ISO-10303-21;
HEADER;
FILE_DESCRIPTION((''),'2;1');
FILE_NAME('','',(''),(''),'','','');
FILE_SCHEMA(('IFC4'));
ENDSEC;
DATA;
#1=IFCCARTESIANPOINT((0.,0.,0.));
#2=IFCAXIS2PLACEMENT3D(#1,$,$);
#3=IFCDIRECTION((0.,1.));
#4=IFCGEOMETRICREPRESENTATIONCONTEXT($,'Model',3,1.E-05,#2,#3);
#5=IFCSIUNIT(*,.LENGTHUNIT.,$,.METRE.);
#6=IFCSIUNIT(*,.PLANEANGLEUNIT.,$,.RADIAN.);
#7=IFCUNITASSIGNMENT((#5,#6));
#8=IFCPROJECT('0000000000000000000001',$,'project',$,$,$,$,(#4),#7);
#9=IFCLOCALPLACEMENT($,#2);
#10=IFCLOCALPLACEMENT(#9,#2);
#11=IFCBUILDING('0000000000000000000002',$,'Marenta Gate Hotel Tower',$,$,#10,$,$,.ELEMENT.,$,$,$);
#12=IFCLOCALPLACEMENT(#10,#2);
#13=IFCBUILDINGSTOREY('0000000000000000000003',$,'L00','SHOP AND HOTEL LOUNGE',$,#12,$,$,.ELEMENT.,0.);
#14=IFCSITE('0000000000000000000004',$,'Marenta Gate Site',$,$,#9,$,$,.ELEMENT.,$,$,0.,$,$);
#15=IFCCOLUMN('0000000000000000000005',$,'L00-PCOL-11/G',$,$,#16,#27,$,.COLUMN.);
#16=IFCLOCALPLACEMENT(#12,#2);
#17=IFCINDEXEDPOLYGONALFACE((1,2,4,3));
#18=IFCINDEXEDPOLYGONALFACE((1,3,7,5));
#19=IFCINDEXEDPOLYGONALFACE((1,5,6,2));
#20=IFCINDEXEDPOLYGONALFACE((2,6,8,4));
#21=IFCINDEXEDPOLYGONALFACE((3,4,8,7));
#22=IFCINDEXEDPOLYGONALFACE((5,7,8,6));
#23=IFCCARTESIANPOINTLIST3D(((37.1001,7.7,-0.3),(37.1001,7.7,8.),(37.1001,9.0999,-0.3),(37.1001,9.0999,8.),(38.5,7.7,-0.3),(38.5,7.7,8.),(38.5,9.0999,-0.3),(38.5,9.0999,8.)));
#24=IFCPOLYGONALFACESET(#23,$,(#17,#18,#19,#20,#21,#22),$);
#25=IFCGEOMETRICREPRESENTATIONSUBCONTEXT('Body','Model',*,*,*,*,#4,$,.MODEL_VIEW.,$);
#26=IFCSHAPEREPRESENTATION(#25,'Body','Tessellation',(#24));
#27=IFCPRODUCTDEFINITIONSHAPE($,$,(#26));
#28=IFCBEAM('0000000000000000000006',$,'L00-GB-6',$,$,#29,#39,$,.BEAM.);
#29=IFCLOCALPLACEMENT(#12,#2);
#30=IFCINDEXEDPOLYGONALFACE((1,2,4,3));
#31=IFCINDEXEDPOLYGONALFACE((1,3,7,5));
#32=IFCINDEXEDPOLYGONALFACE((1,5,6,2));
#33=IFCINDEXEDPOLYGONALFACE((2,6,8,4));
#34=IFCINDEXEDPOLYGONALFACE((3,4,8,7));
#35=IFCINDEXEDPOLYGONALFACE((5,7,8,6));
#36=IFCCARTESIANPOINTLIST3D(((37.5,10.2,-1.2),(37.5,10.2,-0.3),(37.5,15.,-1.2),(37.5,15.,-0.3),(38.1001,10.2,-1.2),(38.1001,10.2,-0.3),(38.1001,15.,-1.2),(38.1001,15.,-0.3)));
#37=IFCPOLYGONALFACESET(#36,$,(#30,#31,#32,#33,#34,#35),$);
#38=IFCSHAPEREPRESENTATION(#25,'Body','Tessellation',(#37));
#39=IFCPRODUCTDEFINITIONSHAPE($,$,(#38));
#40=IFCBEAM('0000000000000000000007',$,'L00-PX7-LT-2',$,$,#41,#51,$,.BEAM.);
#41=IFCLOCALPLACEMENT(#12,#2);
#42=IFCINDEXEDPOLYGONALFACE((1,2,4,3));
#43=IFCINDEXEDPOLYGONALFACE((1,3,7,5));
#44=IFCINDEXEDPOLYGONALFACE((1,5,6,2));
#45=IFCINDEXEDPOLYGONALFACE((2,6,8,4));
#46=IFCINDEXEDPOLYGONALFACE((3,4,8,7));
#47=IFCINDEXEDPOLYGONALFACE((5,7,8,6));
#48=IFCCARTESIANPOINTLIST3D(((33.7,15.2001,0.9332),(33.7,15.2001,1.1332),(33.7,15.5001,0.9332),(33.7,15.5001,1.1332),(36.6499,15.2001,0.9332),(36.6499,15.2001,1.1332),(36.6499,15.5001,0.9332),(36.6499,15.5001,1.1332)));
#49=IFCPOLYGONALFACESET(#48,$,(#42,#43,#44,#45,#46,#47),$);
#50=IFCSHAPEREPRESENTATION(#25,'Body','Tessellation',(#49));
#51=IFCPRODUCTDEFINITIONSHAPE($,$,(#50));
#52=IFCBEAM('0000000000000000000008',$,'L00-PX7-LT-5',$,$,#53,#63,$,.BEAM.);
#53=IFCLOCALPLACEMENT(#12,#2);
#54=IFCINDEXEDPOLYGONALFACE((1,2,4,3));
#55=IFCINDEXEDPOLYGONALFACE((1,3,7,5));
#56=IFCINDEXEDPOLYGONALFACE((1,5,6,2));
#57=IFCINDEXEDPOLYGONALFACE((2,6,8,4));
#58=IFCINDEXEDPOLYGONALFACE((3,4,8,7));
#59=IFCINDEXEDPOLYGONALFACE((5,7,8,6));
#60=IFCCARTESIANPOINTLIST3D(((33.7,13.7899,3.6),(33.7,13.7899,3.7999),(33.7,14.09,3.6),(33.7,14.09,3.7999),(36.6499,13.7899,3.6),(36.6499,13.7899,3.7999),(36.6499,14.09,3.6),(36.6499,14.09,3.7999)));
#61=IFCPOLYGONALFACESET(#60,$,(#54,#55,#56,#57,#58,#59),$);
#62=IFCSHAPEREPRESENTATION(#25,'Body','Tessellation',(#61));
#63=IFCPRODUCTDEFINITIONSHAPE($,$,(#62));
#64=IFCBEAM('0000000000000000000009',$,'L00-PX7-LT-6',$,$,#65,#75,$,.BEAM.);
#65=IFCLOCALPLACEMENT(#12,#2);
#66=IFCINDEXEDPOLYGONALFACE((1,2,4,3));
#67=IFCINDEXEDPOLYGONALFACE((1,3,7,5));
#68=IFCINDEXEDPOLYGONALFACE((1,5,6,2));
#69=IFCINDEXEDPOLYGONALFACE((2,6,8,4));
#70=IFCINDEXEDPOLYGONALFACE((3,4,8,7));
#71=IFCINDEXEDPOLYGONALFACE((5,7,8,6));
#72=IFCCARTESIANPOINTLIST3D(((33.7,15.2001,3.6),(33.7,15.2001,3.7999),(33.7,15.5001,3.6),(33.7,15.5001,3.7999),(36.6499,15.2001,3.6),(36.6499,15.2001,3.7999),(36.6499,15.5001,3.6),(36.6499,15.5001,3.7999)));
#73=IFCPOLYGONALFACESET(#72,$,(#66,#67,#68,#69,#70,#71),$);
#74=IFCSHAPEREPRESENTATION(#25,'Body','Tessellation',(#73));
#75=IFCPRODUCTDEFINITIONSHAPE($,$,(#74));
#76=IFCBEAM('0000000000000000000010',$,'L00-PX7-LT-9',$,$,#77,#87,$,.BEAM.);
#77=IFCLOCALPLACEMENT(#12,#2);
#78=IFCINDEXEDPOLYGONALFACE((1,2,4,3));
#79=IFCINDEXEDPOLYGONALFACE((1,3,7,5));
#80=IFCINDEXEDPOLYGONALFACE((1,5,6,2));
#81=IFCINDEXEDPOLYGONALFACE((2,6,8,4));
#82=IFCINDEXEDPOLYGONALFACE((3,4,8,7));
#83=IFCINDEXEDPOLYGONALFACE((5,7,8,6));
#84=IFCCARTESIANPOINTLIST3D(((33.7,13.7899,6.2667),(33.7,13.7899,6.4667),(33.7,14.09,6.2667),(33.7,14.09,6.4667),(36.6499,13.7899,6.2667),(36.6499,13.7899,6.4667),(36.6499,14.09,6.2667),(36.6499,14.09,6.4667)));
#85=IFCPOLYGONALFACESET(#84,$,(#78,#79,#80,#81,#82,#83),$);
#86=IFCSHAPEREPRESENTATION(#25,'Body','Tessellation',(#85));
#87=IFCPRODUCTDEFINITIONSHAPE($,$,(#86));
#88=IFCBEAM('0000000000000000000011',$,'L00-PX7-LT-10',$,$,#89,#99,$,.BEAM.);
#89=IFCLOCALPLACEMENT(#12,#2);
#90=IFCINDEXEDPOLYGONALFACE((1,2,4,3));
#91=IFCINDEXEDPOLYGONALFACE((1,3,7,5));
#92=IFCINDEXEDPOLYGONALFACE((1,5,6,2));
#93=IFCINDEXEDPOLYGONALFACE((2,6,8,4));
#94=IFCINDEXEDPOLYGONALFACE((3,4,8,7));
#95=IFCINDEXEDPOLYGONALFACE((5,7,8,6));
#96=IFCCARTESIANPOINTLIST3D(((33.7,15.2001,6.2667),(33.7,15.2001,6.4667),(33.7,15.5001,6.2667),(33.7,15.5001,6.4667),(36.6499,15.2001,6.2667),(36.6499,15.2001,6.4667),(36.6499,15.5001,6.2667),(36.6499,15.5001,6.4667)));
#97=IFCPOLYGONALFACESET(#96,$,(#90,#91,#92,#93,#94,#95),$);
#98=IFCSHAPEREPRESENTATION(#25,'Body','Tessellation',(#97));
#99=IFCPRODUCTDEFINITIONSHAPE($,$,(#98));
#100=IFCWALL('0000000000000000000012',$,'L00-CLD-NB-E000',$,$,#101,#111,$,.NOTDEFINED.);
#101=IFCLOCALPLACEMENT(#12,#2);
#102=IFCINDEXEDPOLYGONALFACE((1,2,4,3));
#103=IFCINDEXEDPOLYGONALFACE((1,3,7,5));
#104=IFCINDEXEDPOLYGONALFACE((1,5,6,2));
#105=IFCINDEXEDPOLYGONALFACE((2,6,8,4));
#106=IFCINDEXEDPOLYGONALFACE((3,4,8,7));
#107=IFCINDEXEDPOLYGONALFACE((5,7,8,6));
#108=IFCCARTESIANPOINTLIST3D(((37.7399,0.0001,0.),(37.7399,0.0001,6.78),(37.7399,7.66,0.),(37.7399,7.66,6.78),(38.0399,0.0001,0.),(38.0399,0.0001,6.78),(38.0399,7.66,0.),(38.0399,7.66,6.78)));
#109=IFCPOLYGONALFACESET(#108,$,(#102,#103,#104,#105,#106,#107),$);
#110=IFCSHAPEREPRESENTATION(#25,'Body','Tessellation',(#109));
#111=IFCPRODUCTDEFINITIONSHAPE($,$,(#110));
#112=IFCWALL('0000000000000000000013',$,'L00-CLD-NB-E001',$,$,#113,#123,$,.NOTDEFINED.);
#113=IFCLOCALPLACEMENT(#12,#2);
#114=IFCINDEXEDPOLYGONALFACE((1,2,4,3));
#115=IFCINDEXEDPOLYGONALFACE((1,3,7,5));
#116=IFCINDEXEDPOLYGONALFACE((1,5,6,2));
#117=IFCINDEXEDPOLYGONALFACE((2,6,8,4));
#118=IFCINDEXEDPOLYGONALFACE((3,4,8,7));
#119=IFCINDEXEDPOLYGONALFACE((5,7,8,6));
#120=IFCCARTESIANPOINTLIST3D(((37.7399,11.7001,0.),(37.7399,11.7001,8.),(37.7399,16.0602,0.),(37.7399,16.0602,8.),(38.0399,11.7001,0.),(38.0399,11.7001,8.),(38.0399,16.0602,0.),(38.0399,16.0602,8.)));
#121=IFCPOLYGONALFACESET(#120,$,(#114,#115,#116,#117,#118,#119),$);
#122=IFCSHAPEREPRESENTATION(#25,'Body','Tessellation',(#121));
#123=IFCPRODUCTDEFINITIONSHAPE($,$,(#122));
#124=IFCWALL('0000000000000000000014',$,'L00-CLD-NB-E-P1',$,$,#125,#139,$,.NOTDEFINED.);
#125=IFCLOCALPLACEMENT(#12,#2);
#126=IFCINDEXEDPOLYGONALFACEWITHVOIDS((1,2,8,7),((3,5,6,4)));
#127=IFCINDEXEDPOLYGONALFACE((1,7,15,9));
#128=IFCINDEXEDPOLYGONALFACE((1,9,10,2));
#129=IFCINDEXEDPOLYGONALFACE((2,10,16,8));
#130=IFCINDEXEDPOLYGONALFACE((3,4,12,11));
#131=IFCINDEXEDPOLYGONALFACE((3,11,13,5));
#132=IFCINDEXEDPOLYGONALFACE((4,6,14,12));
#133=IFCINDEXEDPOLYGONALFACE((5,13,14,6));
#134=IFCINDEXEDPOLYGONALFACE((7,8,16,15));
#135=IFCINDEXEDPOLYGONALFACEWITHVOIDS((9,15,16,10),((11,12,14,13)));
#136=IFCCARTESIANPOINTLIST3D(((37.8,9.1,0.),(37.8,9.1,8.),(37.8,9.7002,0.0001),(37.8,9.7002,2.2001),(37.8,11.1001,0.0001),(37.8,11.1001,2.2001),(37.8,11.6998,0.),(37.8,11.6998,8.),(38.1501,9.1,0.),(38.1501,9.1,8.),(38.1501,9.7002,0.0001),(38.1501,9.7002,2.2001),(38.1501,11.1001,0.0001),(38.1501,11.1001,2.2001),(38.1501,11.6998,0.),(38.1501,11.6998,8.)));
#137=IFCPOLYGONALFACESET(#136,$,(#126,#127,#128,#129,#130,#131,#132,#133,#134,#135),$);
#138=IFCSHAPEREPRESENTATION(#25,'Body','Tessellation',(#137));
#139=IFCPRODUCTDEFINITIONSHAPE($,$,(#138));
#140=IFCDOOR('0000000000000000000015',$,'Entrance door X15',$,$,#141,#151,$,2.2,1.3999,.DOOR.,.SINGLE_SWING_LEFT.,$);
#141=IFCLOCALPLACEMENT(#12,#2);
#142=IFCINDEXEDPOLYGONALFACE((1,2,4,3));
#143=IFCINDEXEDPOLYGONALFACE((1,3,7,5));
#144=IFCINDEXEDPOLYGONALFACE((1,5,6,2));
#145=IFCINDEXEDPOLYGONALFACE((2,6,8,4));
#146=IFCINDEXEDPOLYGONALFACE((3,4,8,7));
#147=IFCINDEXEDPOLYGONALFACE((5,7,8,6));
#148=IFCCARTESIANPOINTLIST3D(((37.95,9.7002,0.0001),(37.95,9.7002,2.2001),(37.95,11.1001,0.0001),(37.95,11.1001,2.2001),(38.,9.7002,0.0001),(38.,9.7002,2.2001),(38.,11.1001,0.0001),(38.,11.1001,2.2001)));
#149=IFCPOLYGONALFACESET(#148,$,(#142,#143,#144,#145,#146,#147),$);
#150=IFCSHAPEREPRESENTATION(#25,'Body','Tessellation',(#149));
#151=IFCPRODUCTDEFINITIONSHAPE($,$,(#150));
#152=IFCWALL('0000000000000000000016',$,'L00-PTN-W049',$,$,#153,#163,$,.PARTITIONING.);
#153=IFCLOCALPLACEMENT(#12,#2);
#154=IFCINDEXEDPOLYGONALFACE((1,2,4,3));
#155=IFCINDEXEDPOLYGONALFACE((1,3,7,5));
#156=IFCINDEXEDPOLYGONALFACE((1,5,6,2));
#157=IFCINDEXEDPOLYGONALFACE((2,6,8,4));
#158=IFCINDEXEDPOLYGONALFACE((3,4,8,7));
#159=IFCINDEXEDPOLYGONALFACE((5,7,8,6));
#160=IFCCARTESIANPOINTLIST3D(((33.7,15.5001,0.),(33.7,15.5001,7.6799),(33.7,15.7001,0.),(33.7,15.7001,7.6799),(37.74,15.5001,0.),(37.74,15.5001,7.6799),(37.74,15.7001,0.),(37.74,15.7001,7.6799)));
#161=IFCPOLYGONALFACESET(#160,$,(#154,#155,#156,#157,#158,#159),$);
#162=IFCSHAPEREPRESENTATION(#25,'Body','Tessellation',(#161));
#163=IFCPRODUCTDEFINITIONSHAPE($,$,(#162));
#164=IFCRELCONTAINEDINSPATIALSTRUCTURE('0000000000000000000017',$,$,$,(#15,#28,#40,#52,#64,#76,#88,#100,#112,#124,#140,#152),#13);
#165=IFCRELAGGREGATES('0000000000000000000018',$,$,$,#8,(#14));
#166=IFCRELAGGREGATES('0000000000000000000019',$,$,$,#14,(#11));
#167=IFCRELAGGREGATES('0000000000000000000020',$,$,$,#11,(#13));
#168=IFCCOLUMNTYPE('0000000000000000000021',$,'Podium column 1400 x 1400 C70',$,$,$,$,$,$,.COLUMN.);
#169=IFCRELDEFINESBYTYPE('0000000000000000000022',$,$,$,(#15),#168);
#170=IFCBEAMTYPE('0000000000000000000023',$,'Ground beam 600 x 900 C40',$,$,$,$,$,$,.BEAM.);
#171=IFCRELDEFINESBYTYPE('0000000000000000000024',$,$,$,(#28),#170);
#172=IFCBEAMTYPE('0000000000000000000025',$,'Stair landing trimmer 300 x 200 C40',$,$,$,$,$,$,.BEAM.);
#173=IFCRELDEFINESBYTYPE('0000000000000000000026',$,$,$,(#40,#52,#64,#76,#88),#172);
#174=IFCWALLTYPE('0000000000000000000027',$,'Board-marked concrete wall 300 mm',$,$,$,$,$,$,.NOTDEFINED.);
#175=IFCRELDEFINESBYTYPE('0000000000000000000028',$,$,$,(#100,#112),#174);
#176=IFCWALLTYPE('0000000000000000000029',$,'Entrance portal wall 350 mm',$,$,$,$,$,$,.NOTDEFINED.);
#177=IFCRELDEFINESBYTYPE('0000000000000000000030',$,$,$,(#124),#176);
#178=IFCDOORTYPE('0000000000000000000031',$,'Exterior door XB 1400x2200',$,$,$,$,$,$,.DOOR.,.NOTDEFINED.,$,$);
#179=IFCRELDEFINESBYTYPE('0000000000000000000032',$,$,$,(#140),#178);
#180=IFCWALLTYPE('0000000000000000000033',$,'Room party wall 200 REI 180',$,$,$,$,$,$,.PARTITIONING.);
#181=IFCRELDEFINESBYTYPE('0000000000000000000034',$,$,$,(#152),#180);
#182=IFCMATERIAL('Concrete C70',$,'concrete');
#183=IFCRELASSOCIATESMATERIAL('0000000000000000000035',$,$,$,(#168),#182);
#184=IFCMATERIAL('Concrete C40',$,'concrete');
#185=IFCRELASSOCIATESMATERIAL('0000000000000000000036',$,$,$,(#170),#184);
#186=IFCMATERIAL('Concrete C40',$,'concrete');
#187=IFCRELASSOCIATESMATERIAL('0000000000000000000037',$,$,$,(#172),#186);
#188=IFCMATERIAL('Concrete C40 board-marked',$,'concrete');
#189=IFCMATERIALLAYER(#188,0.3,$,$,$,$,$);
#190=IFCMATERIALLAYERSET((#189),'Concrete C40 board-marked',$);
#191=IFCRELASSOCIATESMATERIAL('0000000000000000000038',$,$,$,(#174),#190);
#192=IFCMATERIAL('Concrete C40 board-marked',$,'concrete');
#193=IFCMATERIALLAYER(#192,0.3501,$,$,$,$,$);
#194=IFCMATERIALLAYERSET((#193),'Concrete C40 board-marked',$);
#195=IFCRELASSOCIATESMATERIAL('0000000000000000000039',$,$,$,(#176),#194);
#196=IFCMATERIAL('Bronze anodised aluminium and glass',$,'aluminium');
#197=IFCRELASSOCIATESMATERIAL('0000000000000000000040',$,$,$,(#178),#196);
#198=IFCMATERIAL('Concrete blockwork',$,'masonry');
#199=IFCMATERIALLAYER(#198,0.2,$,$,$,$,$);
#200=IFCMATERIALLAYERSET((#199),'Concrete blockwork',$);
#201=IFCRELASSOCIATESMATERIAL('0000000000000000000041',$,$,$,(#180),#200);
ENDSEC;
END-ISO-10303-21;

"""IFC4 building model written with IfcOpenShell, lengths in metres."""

from ifc_helpers import new_model, si_unit, direction, frame, frame_2d, origin, origin_2d, place, context, subcontext, project, spatial, rectangle, extrude, material, layer, layer_set, material_profile, profile_set, type_object, element, fill, save


model = new_model("IFC4")

# Units and contexts
model_context = context("Model", 3, precision=1e-05, world=origin(), true_north=direction((0.0, 1.0)))
body_context = subcontext(model_context, "Body", "Model", "MODEL_VIEW")
ifc_project = project(units=[si_unit("LENGTHUNIT", "METRE"), si_unit("PLANEANGLEUNIT", "RADIAN")], contexts=[model_context])

# Site, building, storey
site_placement = place(None, origin())
site = spatial("IfcSite", under=ifc_project, at=site_placement, Name="Marenta Gate Site", CompositionType="ELEMENT", RefElevation=0.0)
building_placement = place(site_placement, origin())
building = spatial("IfcBuilding", under=site, at=building_placement, Name="Marenta Gate Hotel Tower", CompositionType="ELEMENT")
storey_placement = place(building_placement, origin())
storey = spatial("IfcBuildingStorey", under=building, at=storey_placement, Name="L00", Description="SHOP AND HOTEL LOUNGE", CompositionType="ELEMENT", Elevation=0.0)

# Column
ifc_material_1 = material(Name="Concrete C70", Category="concrete")
ifc_material_profile_1 = material_profile(ifc_material_1, rectangle(XDim=1.3999, YDim=1.3999, at=origin_2d()), Name="1400 x 1400")
ifc_profile_set_1 = profile_set([ifc_material_profile_1], Name="Concrete C70")
column_type = type_object("IfcColumnType", Name="Podium column 1400 x 1400 C70", PredefinedType="COLUMN", material=ifc_profile_set_1)
column_placement = place(storey_placement, frame((37.8, 8.3999, -0.3), z_axis=(0.0, 0.0, 1.0), x_axis=(1.0, 0.0, 0.0)))
element("IfcColumn", 1, at=column_placement, inside=storey, type_object=column_type, Name="L00-PCOL-11/G", PredefinedType="COLUMN", context=body_context, shape_type="SweptSolid", body=[
    extrude(rectangle(XDim=1.3999, YDim=1.3999, at=origin_2d()), origin(), (0.0, 0.0, 1.0), 8.3),
])

# Beams
ifc_material_2 = material(Name="Concrete C40", Category="concrete")
ifc_material_profile_2 = material_profile(ifc_material_2, rectangle(XDim=0.6001, YDim=0.8999, at=origin_2d()), Name="600 x 900")
ifc_profile_set_2 = profile_set([ifc_material_profile_2], Name="Concrete C40")
beam_type_1 = type_object("IfcBeamType", Name="Ground beam 600 x 900 C40", PredefinedType="BEAM", material=ifc_profile_set_2)
beam_placement = place(storey_placement, frame((37.8, 10.2, -0.75), z_axis=(0.0, 1.0, 0.0), x_axis=(-1.0, 0.0, 0.0)))
element("IfcBeam", 2, at=beam_placement, inside=storey, type_object=beam_type_1, Name="L00-GB-6", PredefinedType="BEAM", context=body_context, shape_type="SweptSolid", body=[
    extrude(rectangle(XDim=0.6001, YDim=0.8999, at=origin_2d()), origin(), (0.0, 0.0, 1.0), 4.8),
])
ifc_material_3 = material(Name="Concrete C40", Category="concrete")
ifc_material_profile_3 = material_profile(ifc_material_3, rectangle(XDim=0.3, YDim=0.2, at=origin_2d()), Name="300 x 200")
ifc_profile_set_3 = profile_set([ifc_material_profile_3], Name="Concrete C40")
beam_type_2 = type_object("IfcBeamType", Name="Stair landing trimmer 300 x 200 C40", PredefinedType="BEAM", material=ifc_profile_set_3)
for number, where, z_axis, x_axis, name in (
    (3, (33.7, 15.3501, 1.0332), (1.0, 0.0, 0.0), (0.0, 1.0, 0.0), "L00-PX7-LT-2"),
    (4, (33.7, 13.9399, 3.7), (1.0, 0.0, 0.0), (0.0, 1.0, 0.0), "L00-PX7-LT-5"),
    (5, (33.7, 15.3501, 3.7), (1.0, 0.0, 0.0), (0.0, 1.0, 0.0), "L00-PX7-LT-6"),
    (6, (33.7, 13.9399, 6.3667), (1.0, 0.0, 0.0), (0.0, 1.0, 0.0), "L00-PX7-LT-9"),
    (7, (33.7, 15.3501, 6.3667), (1.0, 0.0, 0.0), (0.0, 1.0, 0.0), "L00-PX7-LT-10"),
):
    element("IfcBeam", number, at=place(storey_placement, frame(where, z_axis=z_axis, x_axis=x_axis)), inside=storey, type_object=beam_type_2, Name=name, PredefinedType="BEAM", context=body_context, shape_type="SweptSolid", body=[
        extrude(rectangle(XDim=0.3, YDim=0.2, at=origin_2d()), origin(), (0.0, 0.0, 1.0), 2.95),
    ])

# Walls
ifc_material_4 = material(Name="Concrete C40 board-marked", Category="concrete")
ifc_layer_1 = layer(ifc_material_4, 0.3)
ifc_layer_set_1 = layer_set([ifc_layer_1], Name="Concrete C40 board-marked")
wall_type_1 = type_object("IfcWallType", Name="Board-marked concrete wall 300 mm", PredefinedType="NOTDEFINED", material=ifc_layer_set_1)
wall_1_placement = place(storey_placement, frame((37.8899, 0.0, 0.0), z_axis=(0.0, 0.0, 1.0), x_axis=(0.0, 1.0, 0.0)))
element("IfcWall", 8, at=wall_1_placement, inside=storey, type_object=wall_type_1, Name="L00-CLD-NB-E000", PredefinedType="NOTDEFINED", context=body_context, shape_type="SweptSolid", body=[
    extrude(rectangle(XDim=7.6599, YDim=0.3, at=frame_2d((3.8301, 0.0))), origin(), (0.0, 0.0, 1.0), 6.78),
])
wall_2_placement = place(storey_placement, frame((37.8899, 11.7, 0.0), z_axis=(0.0, 0.0, 1.0), x_axis=(0.0, 1.0, 0.0)))
element("IfcWall", 9, at=wall_2_placement, inside=storey, type_object=wall_type_1, Name="L00-CLD-NB-E001", PredefinedType="NOTDEFINED", context=body_context, shape_type="SweptSolid", body=[
    extrude(rectangle(XDim=4.3601, YDim=0.3, at=frame_2d((2.1802, 0.0))), origin(), (0.0, 0.0, 1.0), 8.0),
])

# Wall, opening, door
ifc_material_5 = material(Name="Concrete C40 board-marked", Category="concrete")
ifc_layer_2 = layer(ifc_material_5, 0.3501)
ifc_layer_set_2 = layer_set([ifc_layer_2], Name="Concrete C40 board-marked")
wall_type_2 = type_object("IfcWallType", Name="Entrance portal wall 350 mm", PredefinedType="NOTDEFINED", material=ifc_layer_set_2)
wall_3_placement = place(storey_placement, frame((37.9751, 9.1001, 0.0), z_axis=(0.0, 0.0, 1.0), x_axis=(0.0, 1.0, 0.0)))
wall_3 = element("IfcWall", 10, at=wall_3_placement, inside=storey, type_object=wall_type_2, Name="L00-CLD-NB-E-P1", PredefinedType="NOTDEFINED", context=body_context, shape_type="SweptSolid", body=[
    extrude(rectangle(XDim=2.5999, YDim=0.3501, at=frame_2d((1.2998, 0.0))), origin(), (0.0, 0.0, 1.0), 8.0),
])
opening_placement = place(wall_3_placement, frame((0.6001, 0.0, 0.0)))
opening = element("IfcOpeningElement", 11, at=opening_placement, cuts=wall_3, PredefinedType="OPENING", context=body_context, shape_type="SweptSolid", body=[
    extrude(rectangle(XDim=1.3999, YDim=2.2, at=frame_2d((0.7, 1.1001))), frame((0.0, 0.175, 0.0), z_axis=(0.0, -1.0, 0.0), x_axis=(1.0, 0.0, 0.0)), (0.0, 0.0, 1.0), 0.3501),
])
ifc_material_6 = material(Name="Bronze anodised aluminium and glass", Category="aluminium")
door_type = type_object("IfcDoorType", Name="Exterior door XB 1400x2200", OperationType="NOTDEFINED", PredefinedType="DOOR", material=ifc_material_6)
door_placement = place(opening_placement, frame((1.3999, 0.0, 0.0), z_axis=(0.0, 0.0, 1.0), x_axis=(-1.0, 0.0, 0.0)))
door = element("IfcDoor", 12, at=door_placement, inside=storey, type_object=door_type, Name="Entrance door X15", OperationType="SINGLE_SWING_LEFT", OverallHeight=2.2, OverallWidth=1.3999, PredefinedType="DOOR", context=body_context, shape_type="SweptSolid", body=[
    extrude(rectangle(XDim=1.3999, YDim=2.2, at=frame_2d((0.7, 1.1001))), frame((0.0, 0.0249, 0.0), z_axis=(0.0, -1.0, 0.0), x_axis=(1.0, 0.0, 0.0)), (0.0, 0.0, 1.0), 0.05),
])
fill(opening, door)

# Wall
ifc_material_7 = material(Name="Concrete blockwork", Category="masonry")
ifc_layer_3 = layer(ifc_material_7, 0.2)
ifc_layer_set_3 = layer_set([ifc_layer_3], Name="Concrete blockwork")
wall_type_3 = type_object("IfcWallType", Name="Room party wall 200 REI 180", PredefinedType="PARTITIONING", material=ifc_layer_set_3)
wall_4_placement = place(storey_placement, frame((33.7, 15.6001, 0.0), z_axis=(0.0, 0.0, 1.0), x_axis=(1.0, 0.0, 0.0)))
element("IfcWall", 13, at=wall_4_placement, inside=storey, type_object=wall_type_3, Name="L00-PTN-W049", PredefinedType="PARTITIONING", context=body_context, shape_type="SweptSolid", body=[
    extrude(rectangle(XDim=4.04, YDim=0.2, at=frame_2d((2.02, 0.0))), origin(), (0.0, 0.0, 1.0), 7.6799),
])

save(model, "model.ifc")
